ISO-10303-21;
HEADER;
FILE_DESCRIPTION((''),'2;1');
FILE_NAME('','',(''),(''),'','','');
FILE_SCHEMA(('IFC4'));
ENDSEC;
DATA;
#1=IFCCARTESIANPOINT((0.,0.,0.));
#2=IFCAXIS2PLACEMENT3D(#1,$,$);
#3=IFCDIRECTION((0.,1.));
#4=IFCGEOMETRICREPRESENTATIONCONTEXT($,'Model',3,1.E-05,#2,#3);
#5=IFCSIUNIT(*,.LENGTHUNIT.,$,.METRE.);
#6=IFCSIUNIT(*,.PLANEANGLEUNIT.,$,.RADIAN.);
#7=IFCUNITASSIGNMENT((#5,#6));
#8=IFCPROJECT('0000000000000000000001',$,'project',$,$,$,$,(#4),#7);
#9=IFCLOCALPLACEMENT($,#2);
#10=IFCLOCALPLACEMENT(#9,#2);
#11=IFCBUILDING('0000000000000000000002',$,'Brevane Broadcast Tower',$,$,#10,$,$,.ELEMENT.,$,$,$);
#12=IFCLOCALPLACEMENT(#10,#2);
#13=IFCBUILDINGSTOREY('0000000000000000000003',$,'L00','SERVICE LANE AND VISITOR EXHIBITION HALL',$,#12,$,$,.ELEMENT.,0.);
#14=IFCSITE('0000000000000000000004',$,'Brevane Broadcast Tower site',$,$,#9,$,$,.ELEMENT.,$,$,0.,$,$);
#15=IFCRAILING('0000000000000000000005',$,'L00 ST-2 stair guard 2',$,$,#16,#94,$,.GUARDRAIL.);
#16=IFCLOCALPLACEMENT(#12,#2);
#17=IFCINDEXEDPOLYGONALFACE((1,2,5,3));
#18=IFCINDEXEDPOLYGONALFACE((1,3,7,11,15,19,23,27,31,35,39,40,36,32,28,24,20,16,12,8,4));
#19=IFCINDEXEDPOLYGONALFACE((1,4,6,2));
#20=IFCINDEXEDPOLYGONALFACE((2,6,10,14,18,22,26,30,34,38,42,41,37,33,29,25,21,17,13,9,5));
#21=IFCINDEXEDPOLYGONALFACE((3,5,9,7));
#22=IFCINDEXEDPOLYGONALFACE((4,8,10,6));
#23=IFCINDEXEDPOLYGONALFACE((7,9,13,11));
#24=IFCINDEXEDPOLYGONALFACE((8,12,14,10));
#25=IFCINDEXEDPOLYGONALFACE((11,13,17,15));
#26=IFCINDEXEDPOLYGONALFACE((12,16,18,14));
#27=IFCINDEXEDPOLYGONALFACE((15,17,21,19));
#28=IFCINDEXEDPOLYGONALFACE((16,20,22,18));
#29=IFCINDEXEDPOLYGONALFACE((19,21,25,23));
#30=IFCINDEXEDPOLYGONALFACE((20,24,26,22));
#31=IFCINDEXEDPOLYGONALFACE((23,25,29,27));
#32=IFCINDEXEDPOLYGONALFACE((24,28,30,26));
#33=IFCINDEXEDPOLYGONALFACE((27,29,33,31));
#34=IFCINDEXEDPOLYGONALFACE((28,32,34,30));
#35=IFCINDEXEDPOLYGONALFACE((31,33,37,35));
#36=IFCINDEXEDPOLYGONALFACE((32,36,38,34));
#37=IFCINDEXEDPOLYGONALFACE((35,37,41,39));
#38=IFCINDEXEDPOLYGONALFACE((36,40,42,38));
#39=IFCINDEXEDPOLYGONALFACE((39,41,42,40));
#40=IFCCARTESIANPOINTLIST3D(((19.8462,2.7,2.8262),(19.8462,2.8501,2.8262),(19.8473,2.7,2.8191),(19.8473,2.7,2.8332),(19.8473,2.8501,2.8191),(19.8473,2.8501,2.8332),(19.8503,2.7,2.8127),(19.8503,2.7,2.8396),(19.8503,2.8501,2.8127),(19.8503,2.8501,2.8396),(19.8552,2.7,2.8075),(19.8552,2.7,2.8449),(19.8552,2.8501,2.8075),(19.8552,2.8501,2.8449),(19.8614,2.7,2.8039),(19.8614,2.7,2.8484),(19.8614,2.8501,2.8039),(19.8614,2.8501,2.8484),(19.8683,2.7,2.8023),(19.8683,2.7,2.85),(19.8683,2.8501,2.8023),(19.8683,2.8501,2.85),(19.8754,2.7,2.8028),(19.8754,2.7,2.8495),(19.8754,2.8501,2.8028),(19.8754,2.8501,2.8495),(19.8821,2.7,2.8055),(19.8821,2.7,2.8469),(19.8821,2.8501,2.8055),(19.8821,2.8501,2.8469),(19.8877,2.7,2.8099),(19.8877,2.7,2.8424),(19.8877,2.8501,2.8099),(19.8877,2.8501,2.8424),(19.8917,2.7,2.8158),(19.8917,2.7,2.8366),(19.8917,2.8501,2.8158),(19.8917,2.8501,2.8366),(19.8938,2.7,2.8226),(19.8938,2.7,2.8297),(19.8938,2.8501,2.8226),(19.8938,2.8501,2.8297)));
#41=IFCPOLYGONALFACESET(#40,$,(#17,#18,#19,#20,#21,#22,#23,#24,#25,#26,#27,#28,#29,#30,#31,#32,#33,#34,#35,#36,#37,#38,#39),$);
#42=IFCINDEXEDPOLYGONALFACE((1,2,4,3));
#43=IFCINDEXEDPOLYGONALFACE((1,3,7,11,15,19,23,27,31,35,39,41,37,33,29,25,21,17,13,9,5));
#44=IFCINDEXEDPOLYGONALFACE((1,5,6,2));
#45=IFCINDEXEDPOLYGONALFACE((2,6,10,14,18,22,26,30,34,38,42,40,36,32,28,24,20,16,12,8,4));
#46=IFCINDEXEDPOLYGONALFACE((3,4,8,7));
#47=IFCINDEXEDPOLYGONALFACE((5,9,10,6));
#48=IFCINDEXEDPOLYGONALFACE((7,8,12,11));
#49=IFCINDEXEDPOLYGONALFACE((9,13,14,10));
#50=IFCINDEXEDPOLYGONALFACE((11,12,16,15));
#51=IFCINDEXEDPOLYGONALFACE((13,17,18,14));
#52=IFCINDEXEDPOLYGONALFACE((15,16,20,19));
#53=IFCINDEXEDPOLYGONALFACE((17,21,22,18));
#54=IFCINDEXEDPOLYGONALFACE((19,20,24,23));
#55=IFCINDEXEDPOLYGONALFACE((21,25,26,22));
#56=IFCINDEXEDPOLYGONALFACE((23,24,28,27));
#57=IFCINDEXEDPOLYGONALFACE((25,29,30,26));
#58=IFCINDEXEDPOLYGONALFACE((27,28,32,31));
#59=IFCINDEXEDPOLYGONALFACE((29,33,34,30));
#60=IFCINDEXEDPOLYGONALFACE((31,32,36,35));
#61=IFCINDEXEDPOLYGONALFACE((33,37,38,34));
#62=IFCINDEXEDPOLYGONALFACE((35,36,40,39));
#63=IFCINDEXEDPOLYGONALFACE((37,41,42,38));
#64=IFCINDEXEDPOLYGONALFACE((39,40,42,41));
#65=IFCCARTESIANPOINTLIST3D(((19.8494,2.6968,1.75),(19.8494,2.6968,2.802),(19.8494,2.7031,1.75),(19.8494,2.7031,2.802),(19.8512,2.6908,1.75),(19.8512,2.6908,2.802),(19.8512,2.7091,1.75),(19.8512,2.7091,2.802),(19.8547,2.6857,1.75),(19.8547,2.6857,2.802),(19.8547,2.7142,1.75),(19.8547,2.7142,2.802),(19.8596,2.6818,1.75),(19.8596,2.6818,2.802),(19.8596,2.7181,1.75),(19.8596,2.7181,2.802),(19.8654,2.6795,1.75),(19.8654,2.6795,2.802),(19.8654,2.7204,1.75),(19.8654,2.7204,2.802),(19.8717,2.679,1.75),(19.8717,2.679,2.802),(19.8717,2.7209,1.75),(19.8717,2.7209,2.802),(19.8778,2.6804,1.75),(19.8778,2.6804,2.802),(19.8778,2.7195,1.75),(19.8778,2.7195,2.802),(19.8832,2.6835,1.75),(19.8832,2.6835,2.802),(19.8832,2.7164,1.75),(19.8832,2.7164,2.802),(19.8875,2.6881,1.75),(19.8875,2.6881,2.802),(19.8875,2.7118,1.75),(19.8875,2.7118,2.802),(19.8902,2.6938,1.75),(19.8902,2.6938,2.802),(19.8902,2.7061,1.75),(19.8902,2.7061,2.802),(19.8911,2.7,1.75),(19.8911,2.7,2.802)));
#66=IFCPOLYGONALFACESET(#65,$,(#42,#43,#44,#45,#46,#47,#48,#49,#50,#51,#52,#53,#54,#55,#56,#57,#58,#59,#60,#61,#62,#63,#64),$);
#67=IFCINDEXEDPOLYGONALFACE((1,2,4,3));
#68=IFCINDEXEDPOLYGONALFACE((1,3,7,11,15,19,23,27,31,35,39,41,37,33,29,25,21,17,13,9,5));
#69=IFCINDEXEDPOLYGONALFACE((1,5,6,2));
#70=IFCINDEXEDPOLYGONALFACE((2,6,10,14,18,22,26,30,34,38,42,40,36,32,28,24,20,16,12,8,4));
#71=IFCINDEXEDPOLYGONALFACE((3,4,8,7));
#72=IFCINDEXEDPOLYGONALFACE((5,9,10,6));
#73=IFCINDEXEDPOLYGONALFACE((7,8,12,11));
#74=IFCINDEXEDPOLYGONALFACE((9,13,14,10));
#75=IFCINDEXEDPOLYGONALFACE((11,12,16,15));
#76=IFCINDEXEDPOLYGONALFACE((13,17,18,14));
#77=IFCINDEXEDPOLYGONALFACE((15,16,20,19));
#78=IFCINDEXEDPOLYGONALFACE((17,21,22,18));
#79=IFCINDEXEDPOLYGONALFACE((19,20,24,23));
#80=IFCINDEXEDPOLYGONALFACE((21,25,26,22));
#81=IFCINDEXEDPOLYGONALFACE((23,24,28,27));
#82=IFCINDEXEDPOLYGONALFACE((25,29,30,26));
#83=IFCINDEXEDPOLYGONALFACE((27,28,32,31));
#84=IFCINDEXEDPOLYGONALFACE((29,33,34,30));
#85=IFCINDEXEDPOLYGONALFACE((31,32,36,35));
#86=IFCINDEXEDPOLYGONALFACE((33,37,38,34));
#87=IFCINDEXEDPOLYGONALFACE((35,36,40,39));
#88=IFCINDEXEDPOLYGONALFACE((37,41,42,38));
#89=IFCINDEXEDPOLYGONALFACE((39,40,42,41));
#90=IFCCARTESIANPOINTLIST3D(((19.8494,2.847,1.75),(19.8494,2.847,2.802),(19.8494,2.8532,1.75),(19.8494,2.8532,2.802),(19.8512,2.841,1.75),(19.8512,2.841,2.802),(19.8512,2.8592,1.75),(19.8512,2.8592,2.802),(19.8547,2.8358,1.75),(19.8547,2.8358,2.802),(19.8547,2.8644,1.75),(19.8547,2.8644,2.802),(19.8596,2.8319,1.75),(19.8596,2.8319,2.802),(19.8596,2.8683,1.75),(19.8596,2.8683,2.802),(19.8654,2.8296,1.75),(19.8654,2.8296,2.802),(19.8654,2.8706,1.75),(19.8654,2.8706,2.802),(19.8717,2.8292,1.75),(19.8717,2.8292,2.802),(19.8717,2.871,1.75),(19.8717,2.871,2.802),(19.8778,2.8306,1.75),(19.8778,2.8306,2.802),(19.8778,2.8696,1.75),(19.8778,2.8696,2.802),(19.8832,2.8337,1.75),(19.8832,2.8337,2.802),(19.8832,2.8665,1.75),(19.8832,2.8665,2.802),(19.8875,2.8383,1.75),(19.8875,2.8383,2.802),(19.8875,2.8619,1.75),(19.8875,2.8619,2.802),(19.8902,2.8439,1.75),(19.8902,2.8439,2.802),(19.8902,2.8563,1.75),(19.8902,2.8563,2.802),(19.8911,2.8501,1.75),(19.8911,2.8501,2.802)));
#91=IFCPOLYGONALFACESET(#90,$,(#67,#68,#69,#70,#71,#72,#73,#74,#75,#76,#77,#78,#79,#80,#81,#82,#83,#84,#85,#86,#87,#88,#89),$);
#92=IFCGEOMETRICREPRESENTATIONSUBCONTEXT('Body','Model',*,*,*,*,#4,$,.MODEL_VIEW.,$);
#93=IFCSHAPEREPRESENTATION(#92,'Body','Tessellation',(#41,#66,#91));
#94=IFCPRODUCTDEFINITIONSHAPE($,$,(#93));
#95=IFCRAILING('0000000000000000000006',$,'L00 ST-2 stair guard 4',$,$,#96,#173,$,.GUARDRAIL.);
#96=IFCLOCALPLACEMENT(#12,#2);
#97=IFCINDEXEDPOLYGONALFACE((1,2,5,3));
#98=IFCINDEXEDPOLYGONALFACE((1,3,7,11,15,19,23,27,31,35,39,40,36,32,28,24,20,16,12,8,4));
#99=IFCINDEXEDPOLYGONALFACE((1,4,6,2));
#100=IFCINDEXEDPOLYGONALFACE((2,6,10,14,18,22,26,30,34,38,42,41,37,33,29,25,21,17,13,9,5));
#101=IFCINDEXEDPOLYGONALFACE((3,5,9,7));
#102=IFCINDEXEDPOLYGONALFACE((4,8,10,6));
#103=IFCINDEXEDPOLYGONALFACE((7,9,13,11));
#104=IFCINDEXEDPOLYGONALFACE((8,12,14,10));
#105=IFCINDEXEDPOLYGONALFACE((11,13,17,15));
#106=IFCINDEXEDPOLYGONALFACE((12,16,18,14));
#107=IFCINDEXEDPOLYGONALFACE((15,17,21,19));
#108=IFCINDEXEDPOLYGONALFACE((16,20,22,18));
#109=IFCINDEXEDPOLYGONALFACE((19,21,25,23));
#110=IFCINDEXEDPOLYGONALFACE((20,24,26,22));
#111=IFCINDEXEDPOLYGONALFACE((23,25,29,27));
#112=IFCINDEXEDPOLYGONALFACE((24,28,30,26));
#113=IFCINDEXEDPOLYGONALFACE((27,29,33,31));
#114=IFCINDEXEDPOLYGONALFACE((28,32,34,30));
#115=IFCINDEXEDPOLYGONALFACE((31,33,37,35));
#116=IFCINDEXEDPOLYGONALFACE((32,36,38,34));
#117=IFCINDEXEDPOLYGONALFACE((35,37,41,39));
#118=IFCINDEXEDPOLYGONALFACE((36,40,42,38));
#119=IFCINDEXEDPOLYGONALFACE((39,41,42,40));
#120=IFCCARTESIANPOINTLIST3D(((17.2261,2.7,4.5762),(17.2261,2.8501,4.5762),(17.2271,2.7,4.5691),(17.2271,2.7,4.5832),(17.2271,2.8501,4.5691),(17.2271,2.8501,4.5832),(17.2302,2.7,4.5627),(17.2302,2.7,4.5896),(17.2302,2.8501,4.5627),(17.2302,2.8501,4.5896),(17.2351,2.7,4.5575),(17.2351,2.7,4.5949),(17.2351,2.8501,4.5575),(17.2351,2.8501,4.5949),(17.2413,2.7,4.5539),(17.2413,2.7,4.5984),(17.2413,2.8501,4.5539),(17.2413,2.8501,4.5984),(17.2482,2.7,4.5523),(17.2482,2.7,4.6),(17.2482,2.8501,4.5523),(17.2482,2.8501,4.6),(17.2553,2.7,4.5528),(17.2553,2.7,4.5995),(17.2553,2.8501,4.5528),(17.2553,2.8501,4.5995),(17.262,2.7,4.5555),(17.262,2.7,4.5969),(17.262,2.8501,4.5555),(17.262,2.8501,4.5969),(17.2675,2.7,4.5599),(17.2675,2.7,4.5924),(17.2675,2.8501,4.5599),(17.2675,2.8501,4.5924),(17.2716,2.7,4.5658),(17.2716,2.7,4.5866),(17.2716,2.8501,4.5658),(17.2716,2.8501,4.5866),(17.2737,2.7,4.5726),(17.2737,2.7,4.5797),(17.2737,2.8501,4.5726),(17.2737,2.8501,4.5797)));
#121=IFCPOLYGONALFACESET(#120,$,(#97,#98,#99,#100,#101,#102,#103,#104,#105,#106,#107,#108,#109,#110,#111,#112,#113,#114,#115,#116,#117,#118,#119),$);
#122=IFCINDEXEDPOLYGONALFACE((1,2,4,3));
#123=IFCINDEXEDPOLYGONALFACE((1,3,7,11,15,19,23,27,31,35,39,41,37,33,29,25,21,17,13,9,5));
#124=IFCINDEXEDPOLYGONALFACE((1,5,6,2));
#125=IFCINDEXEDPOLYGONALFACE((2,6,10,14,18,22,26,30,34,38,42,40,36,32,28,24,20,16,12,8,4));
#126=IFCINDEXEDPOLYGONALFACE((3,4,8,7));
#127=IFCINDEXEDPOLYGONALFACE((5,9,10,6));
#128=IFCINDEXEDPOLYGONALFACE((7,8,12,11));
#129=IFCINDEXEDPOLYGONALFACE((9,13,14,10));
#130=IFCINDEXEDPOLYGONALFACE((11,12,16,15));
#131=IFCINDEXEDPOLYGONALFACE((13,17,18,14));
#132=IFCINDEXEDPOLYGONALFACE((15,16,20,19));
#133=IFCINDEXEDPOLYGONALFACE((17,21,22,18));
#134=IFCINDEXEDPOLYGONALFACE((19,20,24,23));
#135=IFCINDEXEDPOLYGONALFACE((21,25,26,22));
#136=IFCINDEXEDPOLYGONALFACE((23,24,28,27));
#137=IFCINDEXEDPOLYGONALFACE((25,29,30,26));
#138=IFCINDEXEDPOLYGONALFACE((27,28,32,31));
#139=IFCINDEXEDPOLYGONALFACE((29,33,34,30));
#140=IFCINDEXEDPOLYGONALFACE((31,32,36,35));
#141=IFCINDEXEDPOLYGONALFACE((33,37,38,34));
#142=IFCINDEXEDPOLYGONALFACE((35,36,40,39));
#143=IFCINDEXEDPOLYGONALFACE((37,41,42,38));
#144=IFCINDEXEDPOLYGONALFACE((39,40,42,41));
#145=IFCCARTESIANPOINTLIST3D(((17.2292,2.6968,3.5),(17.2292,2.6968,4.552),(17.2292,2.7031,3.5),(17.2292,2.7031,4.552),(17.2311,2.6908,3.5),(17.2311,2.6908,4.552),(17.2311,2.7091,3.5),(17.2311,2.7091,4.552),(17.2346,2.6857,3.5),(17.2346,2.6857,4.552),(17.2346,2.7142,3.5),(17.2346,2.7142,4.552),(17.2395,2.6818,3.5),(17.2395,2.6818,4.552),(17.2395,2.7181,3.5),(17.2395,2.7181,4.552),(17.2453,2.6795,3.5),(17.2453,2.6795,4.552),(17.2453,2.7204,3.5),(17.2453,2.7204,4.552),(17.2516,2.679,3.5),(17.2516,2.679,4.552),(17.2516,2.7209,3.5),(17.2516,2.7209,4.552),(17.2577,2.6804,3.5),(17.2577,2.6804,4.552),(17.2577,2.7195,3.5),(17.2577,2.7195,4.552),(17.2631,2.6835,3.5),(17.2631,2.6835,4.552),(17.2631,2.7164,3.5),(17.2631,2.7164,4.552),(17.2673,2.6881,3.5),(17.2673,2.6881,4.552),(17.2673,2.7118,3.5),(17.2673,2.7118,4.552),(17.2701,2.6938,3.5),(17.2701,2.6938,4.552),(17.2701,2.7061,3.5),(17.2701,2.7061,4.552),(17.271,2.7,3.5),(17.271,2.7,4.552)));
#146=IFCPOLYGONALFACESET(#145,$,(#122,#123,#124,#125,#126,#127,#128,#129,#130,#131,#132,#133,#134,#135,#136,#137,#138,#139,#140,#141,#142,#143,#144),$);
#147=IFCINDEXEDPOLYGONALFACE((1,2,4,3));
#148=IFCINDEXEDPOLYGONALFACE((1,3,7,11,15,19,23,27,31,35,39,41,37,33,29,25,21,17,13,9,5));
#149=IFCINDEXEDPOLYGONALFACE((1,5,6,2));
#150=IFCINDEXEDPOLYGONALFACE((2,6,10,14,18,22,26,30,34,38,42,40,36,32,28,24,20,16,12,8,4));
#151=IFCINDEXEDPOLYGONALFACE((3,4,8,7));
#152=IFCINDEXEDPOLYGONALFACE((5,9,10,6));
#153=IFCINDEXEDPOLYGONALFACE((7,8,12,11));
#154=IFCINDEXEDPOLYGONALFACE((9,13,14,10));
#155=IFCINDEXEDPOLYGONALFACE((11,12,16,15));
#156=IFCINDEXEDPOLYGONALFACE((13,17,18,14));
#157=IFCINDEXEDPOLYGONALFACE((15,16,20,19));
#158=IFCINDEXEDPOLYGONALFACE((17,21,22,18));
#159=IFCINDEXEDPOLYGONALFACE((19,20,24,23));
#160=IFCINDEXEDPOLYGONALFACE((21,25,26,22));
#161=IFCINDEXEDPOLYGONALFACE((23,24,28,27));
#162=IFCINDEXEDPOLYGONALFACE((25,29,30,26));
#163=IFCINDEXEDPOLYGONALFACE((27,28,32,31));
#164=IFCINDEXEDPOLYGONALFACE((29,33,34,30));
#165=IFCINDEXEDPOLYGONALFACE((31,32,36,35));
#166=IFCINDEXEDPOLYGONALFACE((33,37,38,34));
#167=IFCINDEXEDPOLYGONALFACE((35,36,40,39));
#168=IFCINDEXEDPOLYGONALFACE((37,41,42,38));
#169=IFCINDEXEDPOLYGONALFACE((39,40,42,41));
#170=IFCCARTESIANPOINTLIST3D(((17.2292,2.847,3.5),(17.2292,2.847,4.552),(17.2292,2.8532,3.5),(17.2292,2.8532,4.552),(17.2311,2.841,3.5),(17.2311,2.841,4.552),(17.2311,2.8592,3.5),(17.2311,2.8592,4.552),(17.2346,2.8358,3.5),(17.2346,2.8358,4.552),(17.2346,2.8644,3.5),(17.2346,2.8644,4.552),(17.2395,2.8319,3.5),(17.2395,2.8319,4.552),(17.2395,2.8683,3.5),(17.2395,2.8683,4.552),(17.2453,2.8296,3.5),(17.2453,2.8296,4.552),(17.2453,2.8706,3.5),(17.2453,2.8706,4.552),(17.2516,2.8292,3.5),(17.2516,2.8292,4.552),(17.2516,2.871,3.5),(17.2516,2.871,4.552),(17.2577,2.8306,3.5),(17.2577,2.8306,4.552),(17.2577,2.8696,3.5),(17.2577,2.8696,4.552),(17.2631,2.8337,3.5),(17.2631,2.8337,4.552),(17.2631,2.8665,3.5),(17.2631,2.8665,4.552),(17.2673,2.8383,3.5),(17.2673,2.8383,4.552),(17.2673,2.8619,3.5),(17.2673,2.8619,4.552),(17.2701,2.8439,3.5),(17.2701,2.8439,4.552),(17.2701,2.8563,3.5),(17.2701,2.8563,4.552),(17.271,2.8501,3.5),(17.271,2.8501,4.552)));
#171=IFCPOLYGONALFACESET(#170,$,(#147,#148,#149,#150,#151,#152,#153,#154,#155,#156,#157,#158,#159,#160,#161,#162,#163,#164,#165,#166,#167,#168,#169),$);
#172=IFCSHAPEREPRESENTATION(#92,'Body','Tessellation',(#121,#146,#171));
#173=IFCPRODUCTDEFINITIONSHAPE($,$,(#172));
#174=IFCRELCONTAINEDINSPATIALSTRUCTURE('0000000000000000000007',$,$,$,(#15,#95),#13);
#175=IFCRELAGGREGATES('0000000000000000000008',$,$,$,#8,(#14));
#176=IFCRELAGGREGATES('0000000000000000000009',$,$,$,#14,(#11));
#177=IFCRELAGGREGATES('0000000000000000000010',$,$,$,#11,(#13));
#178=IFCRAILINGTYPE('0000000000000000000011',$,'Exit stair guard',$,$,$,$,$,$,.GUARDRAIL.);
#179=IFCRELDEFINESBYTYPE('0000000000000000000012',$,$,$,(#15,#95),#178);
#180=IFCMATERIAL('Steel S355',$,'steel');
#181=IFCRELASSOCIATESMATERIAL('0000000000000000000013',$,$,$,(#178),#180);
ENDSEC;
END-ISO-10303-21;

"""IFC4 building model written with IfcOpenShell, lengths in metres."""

from ifc_helpers import new_model, si_unit, direction, frame, origin, origin_2d, place, context, subcontext, project, spatial, circle, extrude, material, type_object, element, save


model = new_model("IFC4")

# Units and contexts
model_context = context("Model", 3, precision=1e-05, world=origin(), true_north=direction((0.0, 1.0)))
body_context = subcontext(model_context, "Body", "Model", "MODEL_VIEW")
ifc_project = project(units=[si_unit("LENGTHUNIT", "METRE"), si_unit("PLANEANGLEUNIT", "RADIAN")], contexts=[model_context])

# Site, building, storey
site_placement = place(None, origin())
site = spatial("IfcSite", under=ifc_project, at=site_placement, Name="Brevane Broadcast Tower site", CompositionType="ELEMENT", RefElevation=0.0)
building_placement = place(site_placement, origin())
building = spatial("IfcBuilding", under=site, at=building_placement, Name="Brevane Broadcast Tower", CompositionType="ELEMENT")
storey_placement = place(building_placement, origin())
storey = spatial("IfcBuildingStorey", under=building, at=storey_placement, Name="L00", Description="SERVICE LANE AND VISITOR EXHIBITION HALL", CompositionType="ELEMENT", Elevation=0.0)

# Railings
ifc_material_1 = material(Name="Steel S355", Category="steel")
railing_type_1 = type_object("IfcRailingType", Name="Exit stair guard", PredefinedType="GUARDRAIL", material=ifc_material_1)
for number, where, name in (
    (1, (19.8701, 2.7, 1.75), "L00 ST-2 stair guard 2"),
    (2, (17.25, 2.7, 3.5), "L00 ST-2 stair guard 4"),
):
    element("IfcRailing", number, at=place(storey_placement, frame(where)), inside=storey, type_object=railing_type_1, Name=name, PredefinedType="GUARDRAIL", context=body_context, shape_type="SweptSolid", body=[
        extrude(circle(Radius=0.0239, at=origin_2d()), frame((0.0, 0.0, 1.0762), z_axis=(0.0, 1.0, 0.0), x_axis=(-1.0, 0.0, 0.0)), (0.0, 0.0, 1.0), 0.1501),
        extrude(circle(Radius=0.021, at=origin_2d()), origin(), (0.0, 0.0, 1.0), 1.052),
        extrude(circle(Radius=0.021, at=origin_2d()), frame((0.0, 0.1501, 0.0)), (0.0, 0.0, 1.0), 1.052),
    ])

save(model, "model.ifc")
